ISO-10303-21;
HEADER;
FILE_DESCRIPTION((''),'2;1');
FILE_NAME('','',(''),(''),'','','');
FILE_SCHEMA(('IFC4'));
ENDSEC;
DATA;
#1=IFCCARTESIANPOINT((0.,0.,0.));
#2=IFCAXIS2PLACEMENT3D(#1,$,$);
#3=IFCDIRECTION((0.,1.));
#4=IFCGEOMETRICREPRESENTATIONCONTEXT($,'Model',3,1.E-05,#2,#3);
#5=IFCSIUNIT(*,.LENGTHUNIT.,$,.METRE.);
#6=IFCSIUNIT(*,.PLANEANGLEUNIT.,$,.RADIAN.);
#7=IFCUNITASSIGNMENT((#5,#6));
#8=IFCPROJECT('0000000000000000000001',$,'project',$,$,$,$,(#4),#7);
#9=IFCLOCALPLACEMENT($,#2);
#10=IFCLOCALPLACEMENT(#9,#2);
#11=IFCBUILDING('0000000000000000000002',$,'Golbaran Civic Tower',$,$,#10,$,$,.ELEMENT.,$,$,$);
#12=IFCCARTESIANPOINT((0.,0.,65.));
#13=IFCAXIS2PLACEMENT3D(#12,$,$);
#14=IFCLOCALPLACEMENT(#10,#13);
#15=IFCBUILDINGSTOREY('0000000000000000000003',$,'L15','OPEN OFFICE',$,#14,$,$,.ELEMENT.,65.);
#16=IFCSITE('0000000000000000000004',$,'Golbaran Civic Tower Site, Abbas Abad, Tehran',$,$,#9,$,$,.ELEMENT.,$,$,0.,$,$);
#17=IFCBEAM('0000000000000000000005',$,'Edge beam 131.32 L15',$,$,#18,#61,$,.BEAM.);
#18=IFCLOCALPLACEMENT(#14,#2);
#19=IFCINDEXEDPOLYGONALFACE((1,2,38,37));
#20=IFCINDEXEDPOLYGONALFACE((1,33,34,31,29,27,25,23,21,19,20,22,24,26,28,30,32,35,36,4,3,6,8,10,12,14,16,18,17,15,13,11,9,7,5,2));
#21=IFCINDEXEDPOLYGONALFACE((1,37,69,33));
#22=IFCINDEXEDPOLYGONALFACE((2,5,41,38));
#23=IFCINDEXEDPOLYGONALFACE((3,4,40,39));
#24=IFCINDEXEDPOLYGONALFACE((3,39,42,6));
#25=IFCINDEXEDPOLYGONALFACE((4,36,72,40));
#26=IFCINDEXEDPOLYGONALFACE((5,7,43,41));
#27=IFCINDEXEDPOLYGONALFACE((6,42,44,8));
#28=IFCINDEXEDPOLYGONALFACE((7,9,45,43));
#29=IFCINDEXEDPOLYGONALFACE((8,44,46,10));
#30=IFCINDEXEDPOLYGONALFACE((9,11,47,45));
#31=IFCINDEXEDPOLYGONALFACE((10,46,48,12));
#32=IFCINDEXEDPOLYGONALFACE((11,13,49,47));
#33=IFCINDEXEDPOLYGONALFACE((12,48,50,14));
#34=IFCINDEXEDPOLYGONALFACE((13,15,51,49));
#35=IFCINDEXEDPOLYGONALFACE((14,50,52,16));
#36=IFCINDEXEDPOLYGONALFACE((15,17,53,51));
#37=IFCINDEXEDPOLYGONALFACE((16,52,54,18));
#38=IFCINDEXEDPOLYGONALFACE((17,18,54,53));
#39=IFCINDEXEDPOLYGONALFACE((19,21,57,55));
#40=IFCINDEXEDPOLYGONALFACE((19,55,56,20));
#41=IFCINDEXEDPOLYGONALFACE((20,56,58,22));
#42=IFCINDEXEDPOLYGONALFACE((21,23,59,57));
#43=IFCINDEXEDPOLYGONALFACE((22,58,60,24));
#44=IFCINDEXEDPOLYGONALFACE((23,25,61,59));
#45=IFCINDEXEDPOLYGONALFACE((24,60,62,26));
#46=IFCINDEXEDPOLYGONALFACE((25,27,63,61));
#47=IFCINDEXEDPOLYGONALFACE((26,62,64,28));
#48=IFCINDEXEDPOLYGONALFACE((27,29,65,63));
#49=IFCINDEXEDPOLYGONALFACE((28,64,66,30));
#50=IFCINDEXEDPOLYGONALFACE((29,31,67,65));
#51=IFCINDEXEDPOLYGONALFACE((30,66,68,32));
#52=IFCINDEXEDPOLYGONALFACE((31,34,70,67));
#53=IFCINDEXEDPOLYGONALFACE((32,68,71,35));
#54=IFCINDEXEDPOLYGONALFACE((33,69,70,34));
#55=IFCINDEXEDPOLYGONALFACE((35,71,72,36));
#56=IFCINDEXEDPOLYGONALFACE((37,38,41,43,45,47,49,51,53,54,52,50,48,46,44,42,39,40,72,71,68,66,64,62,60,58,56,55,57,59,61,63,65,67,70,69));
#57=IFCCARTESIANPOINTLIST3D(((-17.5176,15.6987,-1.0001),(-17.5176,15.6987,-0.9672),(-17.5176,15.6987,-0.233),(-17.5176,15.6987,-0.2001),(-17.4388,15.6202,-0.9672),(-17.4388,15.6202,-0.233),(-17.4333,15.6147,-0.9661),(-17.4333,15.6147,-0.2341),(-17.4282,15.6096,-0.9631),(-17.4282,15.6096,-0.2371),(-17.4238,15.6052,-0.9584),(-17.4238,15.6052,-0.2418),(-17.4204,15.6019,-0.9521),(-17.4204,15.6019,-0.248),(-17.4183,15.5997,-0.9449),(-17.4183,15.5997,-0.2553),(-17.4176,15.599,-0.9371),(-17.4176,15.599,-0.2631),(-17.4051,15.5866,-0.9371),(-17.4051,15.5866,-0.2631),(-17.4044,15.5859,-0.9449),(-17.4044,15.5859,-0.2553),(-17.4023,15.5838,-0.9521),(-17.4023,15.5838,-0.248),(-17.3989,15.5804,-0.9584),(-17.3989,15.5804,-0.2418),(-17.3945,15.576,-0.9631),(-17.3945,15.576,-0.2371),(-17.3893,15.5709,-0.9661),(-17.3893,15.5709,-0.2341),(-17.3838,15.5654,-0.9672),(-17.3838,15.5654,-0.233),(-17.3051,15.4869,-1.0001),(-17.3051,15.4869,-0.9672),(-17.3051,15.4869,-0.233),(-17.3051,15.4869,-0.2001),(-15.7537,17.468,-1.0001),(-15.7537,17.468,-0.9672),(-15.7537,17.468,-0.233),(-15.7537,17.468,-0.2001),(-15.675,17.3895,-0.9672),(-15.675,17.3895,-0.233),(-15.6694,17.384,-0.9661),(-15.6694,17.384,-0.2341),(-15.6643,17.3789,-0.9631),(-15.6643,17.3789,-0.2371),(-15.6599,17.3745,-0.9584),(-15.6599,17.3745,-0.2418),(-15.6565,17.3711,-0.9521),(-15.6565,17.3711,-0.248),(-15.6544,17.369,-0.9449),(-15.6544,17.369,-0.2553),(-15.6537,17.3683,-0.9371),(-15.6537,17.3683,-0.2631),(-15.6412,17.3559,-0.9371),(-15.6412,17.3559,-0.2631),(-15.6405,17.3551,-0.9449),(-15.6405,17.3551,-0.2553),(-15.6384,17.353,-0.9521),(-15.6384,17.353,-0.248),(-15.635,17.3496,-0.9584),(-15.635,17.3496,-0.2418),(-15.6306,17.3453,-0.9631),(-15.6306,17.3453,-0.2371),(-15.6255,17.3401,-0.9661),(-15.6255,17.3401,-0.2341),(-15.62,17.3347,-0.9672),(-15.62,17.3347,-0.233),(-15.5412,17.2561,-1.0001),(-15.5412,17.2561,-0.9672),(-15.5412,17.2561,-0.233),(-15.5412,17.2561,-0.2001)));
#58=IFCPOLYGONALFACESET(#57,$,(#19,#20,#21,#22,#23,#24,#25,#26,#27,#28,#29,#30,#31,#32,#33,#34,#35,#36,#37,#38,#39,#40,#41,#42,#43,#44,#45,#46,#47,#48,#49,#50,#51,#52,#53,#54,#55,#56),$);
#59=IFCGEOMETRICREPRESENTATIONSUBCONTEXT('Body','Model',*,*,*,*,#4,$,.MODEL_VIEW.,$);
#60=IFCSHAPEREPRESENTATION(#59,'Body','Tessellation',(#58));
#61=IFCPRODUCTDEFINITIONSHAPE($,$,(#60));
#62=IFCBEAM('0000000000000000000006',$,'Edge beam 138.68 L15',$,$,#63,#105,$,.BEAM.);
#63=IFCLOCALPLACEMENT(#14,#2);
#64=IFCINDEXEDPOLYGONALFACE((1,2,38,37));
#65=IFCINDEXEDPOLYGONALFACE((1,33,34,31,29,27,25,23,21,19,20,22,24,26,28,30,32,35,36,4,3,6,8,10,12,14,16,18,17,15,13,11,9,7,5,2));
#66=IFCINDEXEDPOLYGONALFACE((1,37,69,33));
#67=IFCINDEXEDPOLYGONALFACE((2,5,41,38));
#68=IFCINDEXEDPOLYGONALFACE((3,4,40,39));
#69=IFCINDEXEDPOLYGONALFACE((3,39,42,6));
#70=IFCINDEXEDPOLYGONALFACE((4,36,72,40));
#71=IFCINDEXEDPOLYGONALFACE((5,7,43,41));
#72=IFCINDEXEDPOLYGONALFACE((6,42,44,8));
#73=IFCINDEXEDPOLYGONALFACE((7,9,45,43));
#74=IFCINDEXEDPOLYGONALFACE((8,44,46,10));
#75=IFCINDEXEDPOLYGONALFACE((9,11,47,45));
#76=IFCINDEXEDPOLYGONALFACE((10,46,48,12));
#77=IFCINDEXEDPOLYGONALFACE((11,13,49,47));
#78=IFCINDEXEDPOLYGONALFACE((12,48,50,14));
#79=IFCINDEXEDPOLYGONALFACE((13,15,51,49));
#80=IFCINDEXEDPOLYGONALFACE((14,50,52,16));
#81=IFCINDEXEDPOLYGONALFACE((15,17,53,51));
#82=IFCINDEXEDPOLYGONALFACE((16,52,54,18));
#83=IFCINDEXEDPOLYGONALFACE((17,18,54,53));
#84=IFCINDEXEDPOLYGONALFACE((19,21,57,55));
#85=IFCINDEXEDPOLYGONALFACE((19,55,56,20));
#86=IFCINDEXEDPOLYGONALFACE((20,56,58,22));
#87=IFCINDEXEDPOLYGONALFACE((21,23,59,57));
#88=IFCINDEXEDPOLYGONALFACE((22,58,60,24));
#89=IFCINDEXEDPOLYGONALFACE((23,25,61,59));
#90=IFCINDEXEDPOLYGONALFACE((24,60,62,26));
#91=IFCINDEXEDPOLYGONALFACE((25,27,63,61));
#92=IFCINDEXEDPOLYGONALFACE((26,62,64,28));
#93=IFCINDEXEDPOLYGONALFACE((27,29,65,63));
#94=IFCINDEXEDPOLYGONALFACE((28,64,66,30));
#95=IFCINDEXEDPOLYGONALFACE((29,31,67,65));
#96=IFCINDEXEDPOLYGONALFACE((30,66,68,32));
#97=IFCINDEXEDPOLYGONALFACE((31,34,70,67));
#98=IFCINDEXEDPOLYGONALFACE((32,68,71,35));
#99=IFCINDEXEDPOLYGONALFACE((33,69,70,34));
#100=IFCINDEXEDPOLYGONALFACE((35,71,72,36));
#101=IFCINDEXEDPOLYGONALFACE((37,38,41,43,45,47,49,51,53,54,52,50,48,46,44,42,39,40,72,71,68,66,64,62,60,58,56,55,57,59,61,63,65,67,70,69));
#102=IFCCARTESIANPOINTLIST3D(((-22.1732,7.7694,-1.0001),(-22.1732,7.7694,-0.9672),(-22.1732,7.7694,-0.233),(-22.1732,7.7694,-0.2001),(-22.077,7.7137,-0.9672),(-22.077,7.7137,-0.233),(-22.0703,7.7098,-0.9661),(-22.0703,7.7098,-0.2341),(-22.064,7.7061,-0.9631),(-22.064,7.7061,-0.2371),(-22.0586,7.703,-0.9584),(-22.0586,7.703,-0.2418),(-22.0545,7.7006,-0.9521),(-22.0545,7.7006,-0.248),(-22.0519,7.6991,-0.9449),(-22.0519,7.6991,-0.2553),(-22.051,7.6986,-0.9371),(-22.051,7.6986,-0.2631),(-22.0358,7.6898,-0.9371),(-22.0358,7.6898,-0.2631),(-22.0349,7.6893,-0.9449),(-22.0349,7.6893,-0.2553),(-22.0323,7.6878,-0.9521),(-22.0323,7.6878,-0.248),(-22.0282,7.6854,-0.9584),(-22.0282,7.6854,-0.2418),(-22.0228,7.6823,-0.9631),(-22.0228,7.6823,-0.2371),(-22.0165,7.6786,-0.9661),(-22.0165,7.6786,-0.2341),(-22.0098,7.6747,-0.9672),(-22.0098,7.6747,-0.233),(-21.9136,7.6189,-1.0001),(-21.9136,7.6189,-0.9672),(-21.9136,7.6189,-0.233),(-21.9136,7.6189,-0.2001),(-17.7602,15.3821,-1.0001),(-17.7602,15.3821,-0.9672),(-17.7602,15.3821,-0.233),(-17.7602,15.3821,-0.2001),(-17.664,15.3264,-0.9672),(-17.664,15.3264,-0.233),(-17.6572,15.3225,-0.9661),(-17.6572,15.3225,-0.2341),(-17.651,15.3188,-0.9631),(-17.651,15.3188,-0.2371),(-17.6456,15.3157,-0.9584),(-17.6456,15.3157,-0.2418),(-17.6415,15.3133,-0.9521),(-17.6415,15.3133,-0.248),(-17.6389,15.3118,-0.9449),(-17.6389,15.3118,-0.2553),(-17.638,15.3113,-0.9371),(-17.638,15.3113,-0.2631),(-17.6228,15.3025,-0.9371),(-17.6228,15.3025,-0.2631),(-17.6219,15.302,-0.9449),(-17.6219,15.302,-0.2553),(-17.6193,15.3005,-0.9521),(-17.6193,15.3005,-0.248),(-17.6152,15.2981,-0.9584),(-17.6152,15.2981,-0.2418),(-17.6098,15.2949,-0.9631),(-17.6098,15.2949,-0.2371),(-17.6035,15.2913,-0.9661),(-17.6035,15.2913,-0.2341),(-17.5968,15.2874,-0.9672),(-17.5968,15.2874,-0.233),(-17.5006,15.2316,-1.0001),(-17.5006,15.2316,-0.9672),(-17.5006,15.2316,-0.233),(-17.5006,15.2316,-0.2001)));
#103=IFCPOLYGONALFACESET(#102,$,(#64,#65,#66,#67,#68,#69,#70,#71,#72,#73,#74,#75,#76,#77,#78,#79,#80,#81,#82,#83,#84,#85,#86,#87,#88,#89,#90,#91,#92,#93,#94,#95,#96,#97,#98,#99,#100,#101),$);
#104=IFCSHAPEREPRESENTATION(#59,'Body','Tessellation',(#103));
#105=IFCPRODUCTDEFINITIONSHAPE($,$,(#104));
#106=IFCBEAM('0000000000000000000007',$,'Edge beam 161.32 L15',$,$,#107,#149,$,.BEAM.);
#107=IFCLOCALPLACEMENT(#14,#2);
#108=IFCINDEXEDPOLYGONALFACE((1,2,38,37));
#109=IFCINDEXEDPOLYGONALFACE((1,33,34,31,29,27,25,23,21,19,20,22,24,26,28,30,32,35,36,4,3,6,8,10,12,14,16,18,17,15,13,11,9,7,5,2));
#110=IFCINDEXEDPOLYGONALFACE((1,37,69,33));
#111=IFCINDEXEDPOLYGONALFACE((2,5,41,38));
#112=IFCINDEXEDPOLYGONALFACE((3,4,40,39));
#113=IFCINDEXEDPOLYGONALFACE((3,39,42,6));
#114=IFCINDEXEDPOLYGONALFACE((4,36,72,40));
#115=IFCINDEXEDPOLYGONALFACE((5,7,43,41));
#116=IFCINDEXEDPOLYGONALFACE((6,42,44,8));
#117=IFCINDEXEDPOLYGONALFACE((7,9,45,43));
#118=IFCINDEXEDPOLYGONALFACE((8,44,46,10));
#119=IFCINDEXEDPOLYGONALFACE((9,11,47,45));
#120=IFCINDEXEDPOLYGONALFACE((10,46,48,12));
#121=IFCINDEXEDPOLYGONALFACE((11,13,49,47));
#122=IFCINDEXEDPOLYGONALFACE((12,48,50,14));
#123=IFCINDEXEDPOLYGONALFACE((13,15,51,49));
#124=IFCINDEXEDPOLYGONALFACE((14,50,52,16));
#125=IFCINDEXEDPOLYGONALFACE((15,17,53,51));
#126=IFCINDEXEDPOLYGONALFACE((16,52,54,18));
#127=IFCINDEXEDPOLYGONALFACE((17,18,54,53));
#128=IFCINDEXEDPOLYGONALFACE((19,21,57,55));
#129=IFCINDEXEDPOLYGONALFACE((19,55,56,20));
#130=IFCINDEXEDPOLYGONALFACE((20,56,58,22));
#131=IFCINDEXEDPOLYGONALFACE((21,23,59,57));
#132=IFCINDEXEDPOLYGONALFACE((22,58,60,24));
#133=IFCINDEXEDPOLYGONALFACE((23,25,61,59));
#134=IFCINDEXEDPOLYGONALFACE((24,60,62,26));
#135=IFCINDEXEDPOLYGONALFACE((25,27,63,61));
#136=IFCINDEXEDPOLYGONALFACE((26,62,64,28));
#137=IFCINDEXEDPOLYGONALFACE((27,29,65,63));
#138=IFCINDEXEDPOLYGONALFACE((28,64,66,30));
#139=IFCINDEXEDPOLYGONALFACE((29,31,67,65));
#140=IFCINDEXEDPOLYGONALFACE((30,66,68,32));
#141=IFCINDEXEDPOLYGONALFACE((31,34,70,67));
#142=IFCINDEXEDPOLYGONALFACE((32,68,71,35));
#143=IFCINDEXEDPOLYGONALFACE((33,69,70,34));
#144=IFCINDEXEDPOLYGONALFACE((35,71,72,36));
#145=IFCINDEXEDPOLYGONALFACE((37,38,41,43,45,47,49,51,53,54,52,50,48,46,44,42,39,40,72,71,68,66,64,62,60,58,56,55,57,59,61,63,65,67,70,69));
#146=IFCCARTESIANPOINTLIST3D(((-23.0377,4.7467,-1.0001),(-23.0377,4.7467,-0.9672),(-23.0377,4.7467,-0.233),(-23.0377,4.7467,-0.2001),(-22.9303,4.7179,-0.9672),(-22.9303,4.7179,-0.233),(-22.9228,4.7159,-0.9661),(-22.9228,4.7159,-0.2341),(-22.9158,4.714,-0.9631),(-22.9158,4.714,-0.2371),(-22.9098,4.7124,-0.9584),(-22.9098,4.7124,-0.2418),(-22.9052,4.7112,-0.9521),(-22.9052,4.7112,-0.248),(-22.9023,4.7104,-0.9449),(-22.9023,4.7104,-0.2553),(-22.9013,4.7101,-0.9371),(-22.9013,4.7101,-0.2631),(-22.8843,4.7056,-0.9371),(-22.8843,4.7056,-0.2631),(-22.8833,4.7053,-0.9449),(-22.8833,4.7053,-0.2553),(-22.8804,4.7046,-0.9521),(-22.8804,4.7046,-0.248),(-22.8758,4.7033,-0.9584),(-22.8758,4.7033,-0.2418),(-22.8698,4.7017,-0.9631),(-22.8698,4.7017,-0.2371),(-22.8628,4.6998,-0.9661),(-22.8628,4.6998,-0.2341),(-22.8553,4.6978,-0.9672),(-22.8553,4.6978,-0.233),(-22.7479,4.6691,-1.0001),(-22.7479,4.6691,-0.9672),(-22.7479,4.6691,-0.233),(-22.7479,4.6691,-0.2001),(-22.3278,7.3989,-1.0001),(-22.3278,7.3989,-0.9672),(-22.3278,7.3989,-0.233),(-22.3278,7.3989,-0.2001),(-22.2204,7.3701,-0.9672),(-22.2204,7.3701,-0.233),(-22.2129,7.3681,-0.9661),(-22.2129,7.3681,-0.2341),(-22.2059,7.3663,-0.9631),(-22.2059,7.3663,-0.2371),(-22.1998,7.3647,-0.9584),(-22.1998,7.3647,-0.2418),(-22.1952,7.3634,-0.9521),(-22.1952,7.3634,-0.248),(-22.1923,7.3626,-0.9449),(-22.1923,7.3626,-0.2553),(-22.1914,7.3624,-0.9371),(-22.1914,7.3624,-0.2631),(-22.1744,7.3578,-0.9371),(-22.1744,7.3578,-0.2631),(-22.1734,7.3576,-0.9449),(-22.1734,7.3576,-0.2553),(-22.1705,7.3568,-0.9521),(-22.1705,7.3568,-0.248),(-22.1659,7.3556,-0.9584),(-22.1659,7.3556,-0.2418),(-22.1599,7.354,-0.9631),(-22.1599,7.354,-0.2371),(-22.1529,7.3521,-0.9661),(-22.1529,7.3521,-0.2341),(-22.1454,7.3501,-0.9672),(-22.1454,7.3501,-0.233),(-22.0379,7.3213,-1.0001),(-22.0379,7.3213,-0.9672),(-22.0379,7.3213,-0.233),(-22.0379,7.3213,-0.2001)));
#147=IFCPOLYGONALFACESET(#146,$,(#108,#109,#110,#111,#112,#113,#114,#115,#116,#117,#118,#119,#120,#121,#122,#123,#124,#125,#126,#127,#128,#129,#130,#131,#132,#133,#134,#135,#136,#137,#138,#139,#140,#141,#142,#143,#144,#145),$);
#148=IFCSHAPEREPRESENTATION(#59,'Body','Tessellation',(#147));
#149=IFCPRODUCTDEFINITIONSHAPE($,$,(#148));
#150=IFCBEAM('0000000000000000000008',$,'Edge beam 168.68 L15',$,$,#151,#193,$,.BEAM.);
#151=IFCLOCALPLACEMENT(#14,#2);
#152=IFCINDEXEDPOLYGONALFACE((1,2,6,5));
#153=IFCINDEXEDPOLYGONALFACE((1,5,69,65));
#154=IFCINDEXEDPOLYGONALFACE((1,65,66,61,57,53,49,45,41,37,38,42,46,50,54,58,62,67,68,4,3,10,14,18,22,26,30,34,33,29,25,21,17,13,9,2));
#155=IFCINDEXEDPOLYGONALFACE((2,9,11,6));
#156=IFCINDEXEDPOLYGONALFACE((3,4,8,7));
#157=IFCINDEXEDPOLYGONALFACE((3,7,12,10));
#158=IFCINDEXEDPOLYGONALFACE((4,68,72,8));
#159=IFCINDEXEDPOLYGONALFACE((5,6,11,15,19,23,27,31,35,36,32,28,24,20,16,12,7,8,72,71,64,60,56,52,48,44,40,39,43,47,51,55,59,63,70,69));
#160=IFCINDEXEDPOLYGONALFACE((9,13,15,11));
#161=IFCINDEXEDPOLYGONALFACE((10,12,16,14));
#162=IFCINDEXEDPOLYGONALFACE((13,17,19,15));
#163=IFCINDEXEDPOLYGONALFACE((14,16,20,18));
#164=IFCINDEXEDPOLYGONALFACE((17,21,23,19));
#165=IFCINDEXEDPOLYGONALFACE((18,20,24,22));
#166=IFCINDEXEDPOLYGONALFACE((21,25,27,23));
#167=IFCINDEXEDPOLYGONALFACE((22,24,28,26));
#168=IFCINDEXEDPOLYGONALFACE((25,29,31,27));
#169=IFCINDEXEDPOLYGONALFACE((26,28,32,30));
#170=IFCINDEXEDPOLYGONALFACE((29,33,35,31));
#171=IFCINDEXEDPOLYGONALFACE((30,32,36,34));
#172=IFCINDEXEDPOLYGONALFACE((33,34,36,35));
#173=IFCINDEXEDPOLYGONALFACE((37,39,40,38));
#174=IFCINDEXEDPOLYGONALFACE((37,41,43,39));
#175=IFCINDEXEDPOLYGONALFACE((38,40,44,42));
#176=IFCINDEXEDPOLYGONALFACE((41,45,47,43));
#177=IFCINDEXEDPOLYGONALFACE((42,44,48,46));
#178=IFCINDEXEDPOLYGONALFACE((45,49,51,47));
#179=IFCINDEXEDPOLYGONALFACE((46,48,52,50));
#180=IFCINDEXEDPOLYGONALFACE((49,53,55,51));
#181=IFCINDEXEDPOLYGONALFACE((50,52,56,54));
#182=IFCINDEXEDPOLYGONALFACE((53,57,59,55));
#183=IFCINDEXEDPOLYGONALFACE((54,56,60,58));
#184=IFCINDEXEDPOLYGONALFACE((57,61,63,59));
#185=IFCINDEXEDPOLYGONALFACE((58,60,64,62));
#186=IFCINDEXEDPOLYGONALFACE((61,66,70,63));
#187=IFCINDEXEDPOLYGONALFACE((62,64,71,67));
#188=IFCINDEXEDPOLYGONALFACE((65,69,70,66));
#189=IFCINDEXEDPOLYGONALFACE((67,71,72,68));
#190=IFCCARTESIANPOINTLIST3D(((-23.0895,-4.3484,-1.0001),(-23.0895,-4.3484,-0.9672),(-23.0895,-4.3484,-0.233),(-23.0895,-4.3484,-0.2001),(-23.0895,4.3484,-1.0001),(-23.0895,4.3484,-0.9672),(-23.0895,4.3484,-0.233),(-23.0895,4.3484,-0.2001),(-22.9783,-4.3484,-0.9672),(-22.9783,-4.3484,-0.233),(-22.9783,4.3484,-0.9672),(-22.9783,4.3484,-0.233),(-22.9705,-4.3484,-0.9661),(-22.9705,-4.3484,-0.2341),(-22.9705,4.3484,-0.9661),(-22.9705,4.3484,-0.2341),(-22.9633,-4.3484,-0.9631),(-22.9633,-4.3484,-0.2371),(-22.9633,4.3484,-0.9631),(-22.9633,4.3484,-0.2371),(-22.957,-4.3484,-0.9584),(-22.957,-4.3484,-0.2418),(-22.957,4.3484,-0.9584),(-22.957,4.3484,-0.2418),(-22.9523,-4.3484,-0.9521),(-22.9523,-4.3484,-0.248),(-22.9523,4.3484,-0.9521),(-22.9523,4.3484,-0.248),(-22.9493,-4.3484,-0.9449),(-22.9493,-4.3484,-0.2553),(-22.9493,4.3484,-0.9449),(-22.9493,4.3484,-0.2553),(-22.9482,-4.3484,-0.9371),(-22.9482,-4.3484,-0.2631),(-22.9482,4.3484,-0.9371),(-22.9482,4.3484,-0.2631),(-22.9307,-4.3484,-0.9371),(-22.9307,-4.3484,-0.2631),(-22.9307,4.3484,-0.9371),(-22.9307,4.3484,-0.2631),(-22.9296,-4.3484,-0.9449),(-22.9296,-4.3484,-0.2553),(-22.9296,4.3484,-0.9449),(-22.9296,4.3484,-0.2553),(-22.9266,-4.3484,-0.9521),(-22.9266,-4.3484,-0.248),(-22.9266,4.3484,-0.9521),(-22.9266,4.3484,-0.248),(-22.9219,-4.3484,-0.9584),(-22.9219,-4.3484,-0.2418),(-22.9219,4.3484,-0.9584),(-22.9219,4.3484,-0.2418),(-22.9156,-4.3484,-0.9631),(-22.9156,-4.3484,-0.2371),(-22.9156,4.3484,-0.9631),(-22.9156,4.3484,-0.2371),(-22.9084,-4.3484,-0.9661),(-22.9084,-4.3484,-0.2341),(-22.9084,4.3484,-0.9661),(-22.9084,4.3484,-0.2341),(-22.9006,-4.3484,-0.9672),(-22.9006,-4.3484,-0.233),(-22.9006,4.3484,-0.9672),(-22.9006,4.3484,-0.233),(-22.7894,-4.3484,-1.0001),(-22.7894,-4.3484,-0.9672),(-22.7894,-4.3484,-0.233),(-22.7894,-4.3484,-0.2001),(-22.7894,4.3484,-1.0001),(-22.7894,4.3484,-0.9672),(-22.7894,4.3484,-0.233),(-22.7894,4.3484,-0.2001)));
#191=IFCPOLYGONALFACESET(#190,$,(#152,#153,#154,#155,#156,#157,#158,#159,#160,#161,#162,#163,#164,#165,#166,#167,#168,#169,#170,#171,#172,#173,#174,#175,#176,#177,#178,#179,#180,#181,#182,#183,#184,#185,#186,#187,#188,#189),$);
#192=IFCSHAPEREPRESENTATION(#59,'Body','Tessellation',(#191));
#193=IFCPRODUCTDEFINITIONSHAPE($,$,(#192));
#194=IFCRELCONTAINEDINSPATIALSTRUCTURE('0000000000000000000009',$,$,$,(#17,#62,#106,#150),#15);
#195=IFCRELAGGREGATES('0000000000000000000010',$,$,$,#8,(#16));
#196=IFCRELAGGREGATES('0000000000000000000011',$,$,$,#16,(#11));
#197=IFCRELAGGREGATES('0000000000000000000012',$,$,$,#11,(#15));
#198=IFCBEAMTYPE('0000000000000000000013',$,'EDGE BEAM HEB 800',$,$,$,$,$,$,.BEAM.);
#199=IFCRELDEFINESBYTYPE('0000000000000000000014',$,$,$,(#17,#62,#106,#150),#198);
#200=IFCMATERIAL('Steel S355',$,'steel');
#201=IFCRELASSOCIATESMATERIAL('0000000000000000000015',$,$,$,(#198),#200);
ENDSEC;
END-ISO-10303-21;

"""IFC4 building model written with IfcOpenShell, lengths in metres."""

from ifc_helpers import new_model, si_unit, direction, frame, origin, origin_2d, place, context, subcontext, project, spatial, i_section, extrude, material, material_profile, profile_set, type_object, element, save


model = new_model("IFC4")

# Units and contexts
model_context = context("Model", 3, precision=1e-05, world=origin(), true_north=direction((0.0, 1.0)))
body_context = subcontext(model_context, "Body", "Model", "MODEL_VIEW")
ifc_project = project(units=[si_unit("LENGTHUNIT", "METRE"), si_unit("PLANEANGLEUNIT", "RADIAN")], contexts=[model_context])

# Site, building, storey
site_placement = place(None, origin())
site = spatial("IfcSite", under=ifc_project, at=site_placement, Name="Golbaran Civic Tower Site, Abbas Abad, Tehran", CompositionType="ELEMENT", RefElevation=0.0)
building_placement = place(site_placement, origin())
building = spatial("IfcBuilding", under=site, at=building_placement, Name="Golbaran Civic Tower", CompositionType="ELEMENT")
storey_placement = place(building_placement, frame((0.0, 0.0, 65.0)))
storey = spatial("IfcBuildingStorey", under=building, at=storey_placement, Name="L15", Description="OPEN OFFICE", CompositionType="ELEMENT", Elevation=65.0)

# Beams
ifc_material_1 = material(Name="Steel S355", Category="steel")
ifc_material_profile_1 = material_profile(ifc_material_1, i_section(OverallWidth=0.3, OverallDepth=0.8, WebThickness=0.0176, FlangeThickness=0.033, FilletRadius=0.03, at=origin_2d()), Name="HEB 800")
ifc_profile_set_1 = profile_set([ifc_material_profile_1], Name="Steel S355")
beam_type_1 = type_object("IfcBeamType", Name="EDGE BEAM HEB 800", PredefinedType="BEAM", material=ifc_profile_set_1)
beam_1_placement = place(storey_placement, frame((-15.6475, 17.3621, -0.6001), z_axis=(-0.706031, -0.708181, 0.0), x_axis=(0.708181, -0.706031, 0.0)))
element("IfcBeam", 1, at=beam_1_placement, inside=storey, type_object=beam_type_1, Name="Edge beam 131.32 L15", PredefinedType="BEAM", context=body_context, shape_type="SweptSolid", body=[
    extrude(i_section(OverallWidth=0.3, OverallDepth=0.8, WebThickness=0.0176, FlangeThickness=0.033, FilletRadius=0.03, at=origin_2d()), origin(), (0.0, 0.0, 1.0), 2.4983),
])
beam_2_placement = place(storey_placement, frame((-17.6304, 15.3069, -0.6001), z_axis=(-0.50152, -0.865146, 0.0), x_axis=(0.865146, -0.50152, 0.0)))
element("IfcBeam", 2, at=beam_2_placement, inside=storey, type_object=beam_type_1, Name="Edge beam 138.68 L15", PredefinedType="BEAM", context=body_context, shape_type="SweptSolid", body=[
    extrude(i_section(OverallWidth=0.3, OverallDepth=0.8, WebThickness=0.0176, FlangeThickness=0.033, FilletRadius=0.03, at=origin_2d()), origin(), (0.0, 0.0, 1.0), 8.7993),
])
beam_3_placement = place(storey_placement, frame((-22.1829, 7.3601, -0.6001), z_axis=(-0.25857, -0.965992, 0.0), x_axis=(0.965992, -0.25857, 0.0)))
element("IfcBeam", 3, at=beam_3_placement, inside=storey, type_object=beam_type_1, Name="Edge beam 161.32 L15", PredefinedType="BEAM", context=body_context, shape_type="SweptSolid", body=[
    extrude(i_section(OverallWidth=0.3, OverallDepth=0.8, WebThickness=0.0176, FlangeThickness=0.033, FilletRadius=0.03, at=origin_2d()), origin(), (0.0, 0.0, 1.0), 2.7456),
])
beam_4_placement = place(storey_placement, frame((-22.9395, 4.3484, -0.6001), z_axis=(0.0, -1.0, 0.0), x_axis=(1.0, 0.0, 0.0)))
element("IfcBeam", 4, at=beam_4_placement, inside=storey, type_object=beam_type_1, Name="Edge beam 168.68 L15", PredefinedType="BEAM", context=body_context, shape_type="SweptSolid", body=[
    extrude(i_section(OverallWidth=0.3, OverallDepth=0.8, WebThickness=0.0176, FlangeThickness=0.033, FilletRadius=0.03, at=origin_2d()), origin(), (0.0, 0.0, 1.0), 8.6968),
])

save(model, "model.ifc")
